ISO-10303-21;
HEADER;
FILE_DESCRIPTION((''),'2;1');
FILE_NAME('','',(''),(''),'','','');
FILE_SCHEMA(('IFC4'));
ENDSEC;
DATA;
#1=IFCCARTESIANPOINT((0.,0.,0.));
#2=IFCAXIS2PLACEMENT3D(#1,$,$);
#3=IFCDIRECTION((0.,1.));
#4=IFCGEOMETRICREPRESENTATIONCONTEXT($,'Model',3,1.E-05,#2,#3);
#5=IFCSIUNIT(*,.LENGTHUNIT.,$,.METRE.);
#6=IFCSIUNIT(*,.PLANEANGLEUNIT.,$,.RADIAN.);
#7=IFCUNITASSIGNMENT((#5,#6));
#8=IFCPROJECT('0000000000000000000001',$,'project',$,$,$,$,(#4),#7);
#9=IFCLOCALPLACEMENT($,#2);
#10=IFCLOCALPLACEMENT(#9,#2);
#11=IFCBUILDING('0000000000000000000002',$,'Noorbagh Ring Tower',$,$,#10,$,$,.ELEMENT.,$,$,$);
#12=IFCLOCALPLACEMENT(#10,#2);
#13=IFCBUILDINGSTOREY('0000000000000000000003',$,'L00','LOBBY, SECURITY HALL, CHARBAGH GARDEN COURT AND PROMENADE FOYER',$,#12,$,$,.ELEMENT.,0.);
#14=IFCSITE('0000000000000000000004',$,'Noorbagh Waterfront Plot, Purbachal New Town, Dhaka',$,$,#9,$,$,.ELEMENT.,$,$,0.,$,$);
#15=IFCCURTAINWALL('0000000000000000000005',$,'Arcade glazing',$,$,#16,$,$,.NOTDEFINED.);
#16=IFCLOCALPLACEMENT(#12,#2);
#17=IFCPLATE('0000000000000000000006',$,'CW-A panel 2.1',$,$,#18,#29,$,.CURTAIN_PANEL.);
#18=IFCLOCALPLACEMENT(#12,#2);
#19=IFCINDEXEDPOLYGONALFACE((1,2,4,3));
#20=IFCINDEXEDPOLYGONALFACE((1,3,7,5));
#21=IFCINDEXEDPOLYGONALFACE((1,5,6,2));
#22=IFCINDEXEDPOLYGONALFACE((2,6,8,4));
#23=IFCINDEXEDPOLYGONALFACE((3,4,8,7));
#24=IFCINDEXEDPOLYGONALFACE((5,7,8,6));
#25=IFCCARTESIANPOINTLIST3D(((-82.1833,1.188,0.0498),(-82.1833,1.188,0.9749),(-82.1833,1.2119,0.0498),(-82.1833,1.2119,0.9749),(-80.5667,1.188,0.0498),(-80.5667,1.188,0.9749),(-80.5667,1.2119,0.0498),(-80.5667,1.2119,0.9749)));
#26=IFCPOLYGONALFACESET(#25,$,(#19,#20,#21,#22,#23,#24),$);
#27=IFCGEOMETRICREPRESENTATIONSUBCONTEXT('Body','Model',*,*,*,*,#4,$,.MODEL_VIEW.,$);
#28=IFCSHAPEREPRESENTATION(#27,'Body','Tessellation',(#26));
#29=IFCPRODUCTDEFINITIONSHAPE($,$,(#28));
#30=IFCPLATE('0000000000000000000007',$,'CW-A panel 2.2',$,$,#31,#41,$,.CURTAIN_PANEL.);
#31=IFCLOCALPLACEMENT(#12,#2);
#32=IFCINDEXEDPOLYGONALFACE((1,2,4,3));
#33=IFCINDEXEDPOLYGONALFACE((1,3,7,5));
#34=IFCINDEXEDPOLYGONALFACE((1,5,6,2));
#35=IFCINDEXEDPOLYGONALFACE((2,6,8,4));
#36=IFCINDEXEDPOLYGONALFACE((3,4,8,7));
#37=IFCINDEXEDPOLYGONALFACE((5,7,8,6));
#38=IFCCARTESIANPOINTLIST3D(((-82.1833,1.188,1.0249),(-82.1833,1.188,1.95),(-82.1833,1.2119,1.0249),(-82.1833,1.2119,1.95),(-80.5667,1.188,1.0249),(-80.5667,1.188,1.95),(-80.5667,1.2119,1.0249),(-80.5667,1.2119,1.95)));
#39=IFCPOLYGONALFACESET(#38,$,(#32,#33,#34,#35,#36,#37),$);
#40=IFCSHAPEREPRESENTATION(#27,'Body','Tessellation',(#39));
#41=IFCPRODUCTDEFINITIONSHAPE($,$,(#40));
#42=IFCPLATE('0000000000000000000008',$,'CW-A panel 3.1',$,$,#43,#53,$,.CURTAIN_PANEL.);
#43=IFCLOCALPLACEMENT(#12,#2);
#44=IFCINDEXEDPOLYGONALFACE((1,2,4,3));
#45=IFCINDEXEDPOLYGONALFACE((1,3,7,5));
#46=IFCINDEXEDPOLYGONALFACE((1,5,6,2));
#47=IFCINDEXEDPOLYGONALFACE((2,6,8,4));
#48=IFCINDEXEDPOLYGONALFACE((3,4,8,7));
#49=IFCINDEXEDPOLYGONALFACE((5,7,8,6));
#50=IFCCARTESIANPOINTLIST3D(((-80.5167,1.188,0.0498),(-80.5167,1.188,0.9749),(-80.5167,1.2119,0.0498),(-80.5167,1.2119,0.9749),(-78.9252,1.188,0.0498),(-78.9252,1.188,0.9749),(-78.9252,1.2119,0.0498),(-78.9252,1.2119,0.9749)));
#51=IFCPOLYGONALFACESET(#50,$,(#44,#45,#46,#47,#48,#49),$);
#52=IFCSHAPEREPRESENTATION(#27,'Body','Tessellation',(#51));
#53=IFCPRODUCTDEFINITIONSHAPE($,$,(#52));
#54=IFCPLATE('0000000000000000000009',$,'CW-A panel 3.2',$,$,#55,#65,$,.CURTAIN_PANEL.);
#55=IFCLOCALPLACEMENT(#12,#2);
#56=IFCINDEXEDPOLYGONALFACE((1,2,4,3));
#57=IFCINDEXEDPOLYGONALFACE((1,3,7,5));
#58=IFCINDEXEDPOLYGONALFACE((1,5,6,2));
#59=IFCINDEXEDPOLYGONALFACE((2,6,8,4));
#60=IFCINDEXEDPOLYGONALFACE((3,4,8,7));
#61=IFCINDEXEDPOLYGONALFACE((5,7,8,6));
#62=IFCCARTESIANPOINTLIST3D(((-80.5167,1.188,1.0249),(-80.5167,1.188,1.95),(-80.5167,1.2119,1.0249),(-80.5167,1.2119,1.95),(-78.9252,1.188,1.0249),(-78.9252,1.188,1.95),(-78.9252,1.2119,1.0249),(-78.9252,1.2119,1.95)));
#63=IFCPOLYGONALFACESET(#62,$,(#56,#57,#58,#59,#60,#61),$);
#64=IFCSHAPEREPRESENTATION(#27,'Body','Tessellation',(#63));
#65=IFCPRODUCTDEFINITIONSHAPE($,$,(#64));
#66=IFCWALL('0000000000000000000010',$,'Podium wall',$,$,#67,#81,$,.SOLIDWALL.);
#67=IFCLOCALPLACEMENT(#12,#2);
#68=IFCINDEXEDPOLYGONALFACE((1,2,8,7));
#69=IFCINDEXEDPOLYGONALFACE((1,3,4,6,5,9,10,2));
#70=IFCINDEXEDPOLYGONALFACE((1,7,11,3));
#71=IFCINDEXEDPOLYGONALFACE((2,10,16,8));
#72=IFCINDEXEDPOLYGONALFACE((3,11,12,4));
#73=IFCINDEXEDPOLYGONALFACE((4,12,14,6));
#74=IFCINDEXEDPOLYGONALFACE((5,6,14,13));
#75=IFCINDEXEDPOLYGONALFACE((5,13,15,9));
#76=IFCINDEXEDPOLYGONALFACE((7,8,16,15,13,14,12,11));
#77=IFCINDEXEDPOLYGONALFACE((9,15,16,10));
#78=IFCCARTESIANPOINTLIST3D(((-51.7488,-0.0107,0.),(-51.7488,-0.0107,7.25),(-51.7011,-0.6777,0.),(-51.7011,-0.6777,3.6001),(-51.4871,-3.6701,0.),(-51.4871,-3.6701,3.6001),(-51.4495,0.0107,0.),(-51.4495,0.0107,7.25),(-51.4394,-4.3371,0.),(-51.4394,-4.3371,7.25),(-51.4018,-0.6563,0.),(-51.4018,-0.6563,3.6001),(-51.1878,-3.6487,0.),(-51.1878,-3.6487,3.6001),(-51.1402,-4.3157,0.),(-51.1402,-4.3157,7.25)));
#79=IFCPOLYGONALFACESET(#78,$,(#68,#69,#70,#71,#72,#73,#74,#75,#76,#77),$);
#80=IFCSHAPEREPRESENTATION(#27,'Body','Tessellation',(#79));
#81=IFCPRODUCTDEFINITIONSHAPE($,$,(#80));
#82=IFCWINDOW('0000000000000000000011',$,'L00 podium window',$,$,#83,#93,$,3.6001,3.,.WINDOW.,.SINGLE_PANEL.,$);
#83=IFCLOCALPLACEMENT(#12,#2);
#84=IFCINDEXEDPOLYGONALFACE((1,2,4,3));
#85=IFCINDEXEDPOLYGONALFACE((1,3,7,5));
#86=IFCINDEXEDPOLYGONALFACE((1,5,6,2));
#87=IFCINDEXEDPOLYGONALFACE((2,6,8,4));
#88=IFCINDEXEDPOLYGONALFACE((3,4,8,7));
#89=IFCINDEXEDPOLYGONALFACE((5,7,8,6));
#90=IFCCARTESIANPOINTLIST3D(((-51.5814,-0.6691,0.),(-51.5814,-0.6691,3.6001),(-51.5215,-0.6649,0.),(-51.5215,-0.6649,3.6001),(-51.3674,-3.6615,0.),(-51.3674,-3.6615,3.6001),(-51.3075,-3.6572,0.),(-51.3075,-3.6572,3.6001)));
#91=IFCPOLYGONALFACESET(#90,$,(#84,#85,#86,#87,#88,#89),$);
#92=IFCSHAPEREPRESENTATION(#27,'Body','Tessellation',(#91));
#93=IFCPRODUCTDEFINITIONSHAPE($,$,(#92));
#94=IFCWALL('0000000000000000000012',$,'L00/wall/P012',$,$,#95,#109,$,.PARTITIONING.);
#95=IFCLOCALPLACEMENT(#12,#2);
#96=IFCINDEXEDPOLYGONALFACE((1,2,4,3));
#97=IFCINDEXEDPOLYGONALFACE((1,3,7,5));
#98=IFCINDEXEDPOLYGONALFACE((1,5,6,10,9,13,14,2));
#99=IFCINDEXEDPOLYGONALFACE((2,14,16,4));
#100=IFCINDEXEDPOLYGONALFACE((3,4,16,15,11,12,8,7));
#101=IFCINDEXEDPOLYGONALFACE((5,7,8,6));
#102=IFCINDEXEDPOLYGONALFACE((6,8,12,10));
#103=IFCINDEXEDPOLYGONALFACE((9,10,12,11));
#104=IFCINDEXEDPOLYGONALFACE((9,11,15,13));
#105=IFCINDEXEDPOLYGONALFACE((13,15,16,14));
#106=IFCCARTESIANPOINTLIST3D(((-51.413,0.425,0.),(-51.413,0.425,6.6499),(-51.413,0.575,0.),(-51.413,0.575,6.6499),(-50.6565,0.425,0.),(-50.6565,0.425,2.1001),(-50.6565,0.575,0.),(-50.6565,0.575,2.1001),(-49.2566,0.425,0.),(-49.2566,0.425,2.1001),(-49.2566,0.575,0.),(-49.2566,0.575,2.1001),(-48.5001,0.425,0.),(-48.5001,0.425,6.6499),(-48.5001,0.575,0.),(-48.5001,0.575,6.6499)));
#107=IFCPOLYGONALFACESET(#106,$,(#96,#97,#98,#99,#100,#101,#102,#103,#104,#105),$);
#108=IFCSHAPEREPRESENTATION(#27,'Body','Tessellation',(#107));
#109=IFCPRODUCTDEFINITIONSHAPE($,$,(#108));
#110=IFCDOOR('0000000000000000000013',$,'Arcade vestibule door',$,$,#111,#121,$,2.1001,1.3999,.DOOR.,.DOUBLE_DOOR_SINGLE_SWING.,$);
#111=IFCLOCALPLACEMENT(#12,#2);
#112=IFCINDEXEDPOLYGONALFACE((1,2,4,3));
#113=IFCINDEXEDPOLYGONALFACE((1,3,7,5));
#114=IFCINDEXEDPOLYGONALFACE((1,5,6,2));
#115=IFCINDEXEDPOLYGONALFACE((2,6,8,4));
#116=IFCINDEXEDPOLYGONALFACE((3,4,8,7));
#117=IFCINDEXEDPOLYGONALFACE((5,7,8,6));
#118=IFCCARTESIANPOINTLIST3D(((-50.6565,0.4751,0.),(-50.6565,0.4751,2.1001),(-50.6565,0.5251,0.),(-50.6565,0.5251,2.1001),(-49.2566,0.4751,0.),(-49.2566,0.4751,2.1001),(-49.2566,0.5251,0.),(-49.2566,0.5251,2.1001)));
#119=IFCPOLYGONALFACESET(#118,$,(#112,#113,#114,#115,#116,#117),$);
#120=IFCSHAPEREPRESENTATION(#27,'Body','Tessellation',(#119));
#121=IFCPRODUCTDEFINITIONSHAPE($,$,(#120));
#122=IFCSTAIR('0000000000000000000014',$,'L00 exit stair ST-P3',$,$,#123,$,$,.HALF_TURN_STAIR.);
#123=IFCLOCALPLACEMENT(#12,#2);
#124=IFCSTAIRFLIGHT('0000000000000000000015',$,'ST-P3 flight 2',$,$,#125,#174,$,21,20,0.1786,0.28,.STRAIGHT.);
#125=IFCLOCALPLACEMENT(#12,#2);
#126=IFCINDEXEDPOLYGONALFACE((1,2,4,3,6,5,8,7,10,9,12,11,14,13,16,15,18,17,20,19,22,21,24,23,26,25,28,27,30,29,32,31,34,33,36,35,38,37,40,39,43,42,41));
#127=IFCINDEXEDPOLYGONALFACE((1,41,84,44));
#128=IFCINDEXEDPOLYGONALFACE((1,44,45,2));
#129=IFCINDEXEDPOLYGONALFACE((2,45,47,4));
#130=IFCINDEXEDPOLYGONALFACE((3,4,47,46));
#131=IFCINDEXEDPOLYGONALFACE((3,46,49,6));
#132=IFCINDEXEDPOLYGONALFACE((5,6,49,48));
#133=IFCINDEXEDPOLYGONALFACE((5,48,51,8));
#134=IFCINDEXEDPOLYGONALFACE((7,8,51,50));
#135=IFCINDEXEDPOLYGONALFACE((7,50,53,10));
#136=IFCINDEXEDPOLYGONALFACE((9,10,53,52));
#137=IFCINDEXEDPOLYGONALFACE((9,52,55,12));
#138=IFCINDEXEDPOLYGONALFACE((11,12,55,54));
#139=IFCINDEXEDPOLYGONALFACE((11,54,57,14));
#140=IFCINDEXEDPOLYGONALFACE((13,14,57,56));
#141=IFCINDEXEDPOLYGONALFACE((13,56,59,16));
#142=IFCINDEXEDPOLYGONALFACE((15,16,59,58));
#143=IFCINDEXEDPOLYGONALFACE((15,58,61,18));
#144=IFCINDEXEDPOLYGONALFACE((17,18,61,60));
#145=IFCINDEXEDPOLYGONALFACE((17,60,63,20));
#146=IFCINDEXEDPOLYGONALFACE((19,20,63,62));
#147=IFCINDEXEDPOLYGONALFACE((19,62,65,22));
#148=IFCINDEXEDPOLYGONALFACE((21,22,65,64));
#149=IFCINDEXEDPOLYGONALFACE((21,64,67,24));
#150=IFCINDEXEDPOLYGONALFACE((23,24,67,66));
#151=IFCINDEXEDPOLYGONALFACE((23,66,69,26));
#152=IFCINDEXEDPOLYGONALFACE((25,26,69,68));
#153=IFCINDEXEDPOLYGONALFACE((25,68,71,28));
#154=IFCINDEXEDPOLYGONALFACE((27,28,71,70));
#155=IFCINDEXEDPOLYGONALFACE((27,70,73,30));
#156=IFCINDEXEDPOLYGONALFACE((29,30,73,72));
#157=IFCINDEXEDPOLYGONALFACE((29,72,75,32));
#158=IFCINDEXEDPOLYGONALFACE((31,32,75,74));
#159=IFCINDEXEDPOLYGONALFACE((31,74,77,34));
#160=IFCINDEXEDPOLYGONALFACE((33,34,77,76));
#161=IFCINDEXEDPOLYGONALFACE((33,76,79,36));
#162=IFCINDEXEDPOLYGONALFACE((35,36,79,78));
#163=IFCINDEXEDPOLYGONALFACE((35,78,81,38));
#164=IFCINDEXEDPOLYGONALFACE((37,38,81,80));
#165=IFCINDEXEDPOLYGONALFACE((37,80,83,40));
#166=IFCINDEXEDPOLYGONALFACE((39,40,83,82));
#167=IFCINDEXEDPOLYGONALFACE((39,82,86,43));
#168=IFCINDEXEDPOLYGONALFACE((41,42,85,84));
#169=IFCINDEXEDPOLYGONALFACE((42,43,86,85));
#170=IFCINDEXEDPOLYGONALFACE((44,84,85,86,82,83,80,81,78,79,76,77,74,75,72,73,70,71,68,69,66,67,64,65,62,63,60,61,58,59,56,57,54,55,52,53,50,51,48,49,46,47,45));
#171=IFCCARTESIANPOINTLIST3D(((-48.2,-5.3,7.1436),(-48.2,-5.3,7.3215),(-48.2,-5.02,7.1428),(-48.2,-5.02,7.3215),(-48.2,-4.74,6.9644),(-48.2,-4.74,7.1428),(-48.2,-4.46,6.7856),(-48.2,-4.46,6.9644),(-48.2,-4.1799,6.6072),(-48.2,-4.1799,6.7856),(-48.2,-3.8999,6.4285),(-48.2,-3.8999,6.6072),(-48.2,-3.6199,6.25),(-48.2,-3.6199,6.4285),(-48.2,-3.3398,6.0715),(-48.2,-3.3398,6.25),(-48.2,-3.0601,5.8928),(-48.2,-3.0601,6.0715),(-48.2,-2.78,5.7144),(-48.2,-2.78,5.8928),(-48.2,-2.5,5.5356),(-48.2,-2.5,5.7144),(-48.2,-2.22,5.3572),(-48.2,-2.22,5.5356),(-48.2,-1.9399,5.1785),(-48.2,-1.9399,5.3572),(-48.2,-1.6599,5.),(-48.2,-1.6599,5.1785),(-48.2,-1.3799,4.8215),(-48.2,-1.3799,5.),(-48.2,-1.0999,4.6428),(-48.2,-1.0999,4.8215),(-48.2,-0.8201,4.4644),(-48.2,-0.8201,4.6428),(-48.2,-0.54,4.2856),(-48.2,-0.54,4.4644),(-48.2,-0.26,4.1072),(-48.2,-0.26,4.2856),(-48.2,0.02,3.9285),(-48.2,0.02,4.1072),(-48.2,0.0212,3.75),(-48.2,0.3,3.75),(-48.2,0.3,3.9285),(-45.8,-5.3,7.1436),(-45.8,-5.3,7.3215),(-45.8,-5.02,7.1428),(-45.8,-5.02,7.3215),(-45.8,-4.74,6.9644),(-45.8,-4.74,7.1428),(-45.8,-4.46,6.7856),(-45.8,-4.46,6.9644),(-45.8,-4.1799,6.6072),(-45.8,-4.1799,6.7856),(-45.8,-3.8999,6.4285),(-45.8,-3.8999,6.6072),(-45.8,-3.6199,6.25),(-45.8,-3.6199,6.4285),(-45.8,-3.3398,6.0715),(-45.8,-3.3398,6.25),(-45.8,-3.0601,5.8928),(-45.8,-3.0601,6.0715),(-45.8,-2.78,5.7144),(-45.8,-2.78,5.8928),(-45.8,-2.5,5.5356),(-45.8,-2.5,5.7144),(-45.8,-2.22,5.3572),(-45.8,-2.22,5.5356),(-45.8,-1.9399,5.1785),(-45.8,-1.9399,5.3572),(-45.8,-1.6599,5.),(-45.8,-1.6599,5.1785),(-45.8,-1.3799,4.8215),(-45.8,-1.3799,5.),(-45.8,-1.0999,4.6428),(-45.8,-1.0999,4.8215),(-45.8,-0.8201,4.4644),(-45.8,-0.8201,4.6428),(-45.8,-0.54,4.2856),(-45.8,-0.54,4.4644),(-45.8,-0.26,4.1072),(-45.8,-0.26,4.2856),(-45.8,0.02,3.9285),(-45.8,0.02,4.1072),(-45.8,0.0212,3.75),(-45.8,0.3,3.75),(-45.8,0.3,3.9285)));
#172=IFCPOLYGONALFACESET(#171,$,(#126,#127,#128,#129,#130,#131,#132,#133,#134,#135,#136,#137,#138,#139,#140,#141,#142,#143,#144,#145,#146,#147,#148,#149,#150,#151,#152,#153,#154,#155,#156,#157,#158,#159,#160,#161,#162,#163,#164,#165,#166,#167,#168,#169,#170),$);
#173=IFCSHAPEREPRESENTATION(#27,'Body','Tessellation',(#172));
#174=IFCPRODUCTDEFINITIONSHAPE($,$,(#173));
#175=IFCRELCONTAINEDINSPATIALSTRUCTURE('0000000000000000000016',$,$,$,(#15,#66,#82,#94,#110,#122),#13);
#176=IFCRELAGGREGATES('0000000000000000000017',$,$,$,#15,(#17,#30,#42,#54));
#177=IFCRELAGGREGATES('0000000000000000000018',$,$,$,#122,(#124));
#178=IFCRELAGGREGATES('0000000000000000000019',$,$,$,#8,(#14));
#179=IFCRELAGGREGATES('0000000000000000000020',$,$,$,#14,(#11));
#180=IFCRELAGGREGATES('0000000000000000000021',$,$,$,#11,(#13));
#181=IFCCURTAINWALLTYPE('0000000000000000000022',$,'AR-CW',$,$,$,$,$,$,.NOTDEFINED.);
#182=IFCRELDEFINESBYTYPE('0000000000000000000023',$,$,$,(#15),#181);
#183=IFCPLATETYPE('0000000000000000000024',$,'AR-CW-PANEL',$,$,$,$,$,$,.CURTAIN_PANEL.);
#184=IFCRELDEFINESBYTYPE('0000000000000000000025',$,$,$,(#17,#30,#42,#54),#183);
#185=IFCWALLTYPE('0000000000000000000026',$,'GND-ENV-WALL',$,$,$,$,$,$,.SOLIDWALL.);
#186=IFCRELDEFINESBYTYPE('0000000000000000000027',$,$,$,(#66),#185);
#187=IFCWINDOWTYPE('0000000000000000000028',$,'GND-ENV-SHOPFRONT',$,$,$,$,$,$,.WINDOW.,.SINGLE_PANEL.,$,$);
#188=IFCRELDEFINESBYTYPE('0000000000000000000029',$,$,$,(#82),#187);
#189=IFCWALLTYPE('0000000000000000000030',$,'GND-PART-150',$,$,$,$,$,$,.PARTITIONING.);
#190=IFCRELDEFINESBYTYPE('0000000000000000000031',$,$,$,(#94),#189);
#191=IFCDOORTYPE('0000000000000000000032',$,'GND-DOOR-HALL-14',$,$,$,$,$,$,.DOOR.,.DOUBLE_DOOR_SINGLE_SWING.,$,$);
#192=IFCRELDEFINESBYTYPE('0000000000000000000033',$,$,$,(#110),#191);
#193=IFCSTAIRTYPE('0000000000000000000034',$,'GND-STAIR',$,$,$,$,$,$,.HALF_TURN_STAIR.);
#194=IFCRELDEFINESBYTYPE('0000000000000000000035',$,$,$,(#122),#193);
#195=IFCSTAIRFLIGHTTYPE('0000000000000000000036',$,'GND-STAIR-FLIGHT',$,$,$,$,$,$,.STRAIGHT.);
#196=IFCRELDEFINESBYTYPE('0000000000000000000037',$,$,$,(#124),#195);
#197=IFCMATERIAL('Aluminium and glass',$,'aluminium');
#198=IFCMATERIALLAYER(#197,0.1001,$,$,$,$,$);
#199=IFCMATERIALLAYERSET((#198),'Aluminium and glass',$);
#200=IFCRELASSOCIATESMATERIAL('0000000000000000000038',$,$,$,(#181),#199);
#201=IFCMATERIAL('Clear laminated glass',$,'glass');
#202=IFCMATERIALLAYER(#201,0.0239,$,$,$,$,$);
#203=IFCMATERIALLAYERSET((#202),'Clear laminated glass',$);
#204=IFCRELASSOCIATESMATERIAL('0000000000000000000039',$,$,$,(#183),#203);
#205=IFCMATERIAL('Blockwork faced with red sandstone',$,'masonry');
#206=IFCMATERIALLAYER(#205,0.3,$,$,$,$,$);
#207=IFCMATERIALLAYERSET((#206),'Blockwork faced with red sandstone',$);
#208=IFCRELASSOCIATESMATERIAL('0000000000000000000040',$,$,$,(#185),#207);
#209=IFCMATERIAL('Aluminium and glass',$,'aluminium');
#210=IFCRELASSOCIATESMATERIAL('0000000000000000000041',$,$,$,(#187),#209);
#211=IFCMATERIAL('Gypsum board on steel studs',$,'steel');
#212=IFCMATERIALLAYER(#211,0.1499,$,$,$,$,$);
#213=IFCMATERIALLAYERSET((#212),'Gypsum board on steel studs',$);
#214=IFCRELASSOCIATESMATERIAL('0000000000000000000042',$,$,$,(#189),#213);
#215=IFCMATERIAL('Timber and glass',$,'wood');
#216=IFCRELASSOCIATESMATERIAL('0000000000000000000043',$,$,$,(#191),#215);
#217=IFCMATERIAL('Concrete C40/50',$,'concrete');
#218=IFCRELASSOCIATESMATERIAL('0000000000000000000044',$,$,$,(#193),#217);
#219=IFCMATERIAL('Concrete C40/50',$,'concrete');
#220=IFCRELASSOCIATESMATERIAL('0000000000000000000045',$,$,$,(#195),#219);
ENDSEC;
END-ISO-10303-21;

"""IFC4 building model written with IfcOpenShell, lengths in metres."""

from ifc_helpers import new_model, si_unit, direction, frame, frame_2d, origin, origin_2d, place, context, subcontext, project, spatial, polyline, rectangle, outline, extrude, material, layer, layer_set, type_object, element, fill, aggregate, save


model = new_model("IFC4")

# Units and contexts
model_context = context("Model", 3, precision=1e-05, world=origin(), true_north=direction((0.0, 1.0)))
body_context = subcontext(model_context, "Body", "Model", "MODEL_VIEW")
ifc_project = project(units=[si_unit("LENGTHUNIT", "METRE"), si_unit("PLANEANGLEUNIT", "RADIAN")], contexts=[model_context])

# Site, building, storey
site_placement = place(None, origin())
site = spatial("IfcSite", under=ifc_project, at=site_placement, Name="Noorbagh Waterfront Plot, Purbachal New Town, Dhaka", CompositionType="ELEMENT", RefElevation=0.0)
building_placement = place(site_placement, origin())
building = spatial("IfcBuilding", under=site, at=building_placement, Name="Noorbagh Ring Tower", CompositionType="ELEMENT")
storey_placement = place(building_placement, origin())
storey = spatial("IfcBuildingStorey", under=building, at=storey_placement, Name="L00", Description="LOBBY, SECURITY HALL, CHARBAGH GARDEN COURT AND PROMENADE FOYER", CompositionType="ELEMENT", Elevation=0.0)

# Curtain wall
ifc_material_1 = material(Name="Aluminium and glass", Category="aluminium")
ifc_layer_1 = layer(ifc_material_1, 0.1001)
ifc_layer_set_1 = layer_set([ifc_layer_1], Name="Aluminium and glass")
curtain_wall_type = type_object("IfcCurtainWallType", Name="AR-CW", PredefinedType="NOTDEFINED", material=ifc_layer_set_1)
curtain_wall_placement = place(storey_placement, origin())
curtain_wall = element("IfcCurtainWall", 1, at=curtain_wall_placement, inside=storey, type_object=curtain_wall_type, Name="Arcade glazing", PredefinedType="NOTDEFINED")

# Plates
ifc_material_2 = material(Name="Clear laminated glass", Category="glass")
ifc_layer_2 = layer(ifc_material_2, 0.0239)
ifc_layer_set_2 = layer_set([ifc_layer_2], Name="Clear laminated glass")
plate_type = type_object("IfcPlateType", Name="AR-CW-PANEL", PredefinedType="CURTAIN_PANEL", material=ifc_layer_set_2)
plate_1_placement = place(storey_placement, frame((-81.375, 1.2, 0.0498), z_axis=(0.0, 0.0, 1.0), x_axis=(1.0, 0.0, 0.0)))
plate_1 = element("IfcPlate", 2, at=plate_1_placement, type_object=plate_type, Name="CW-A panel 2.1", PredefinedType="CURTAIN_PANEL", context=body_context, shape_type="SweptSolid", body=[
    extrude(rectangle(XDim=1.6167, YDim=0.0239, at=origin_2d()), origin(), (0.0, 0.0, 1.0), 0.925),
])
plate_2_placement = place(storey_placement, frame((-81.375, 1.2, 1.0249), z_axis=(0.0, 0.0, 1.0), x_axis=(1.0, 0.0, 0.0)))
plate_2 = element("IfcPlate", 3, at=plate_2_placement, type_object=plate_type, Name="CW-A panel 2.2", PredefinedType="CURTAIN_PANEL", context=body_context, shape_type="SweptSolid", body=[
    extrude(rectangle(XDim=1.6167, YDim=0.0239, at=origin_2d()), origin(), (0.0, 0.0, 1.0), 0.925),
])
plate_3_placement = place(storey_placement, frame((-79.7209, 1.2, 0.0498), z_axis=(0.0, 0.0, 1.0), x_axis=(1.0, 0.0, 0.0)))
plate_3 = element("IfcPlate", 4, at=plate_3_placement, type_object=plate_type, Name="CW-A panel 3.1", PredefinedType="CURTAIN_PANEL", context=body_context, shape_type="SweptSolid", body=[
    extrude(rectangle(XDim=1.5916, YDim=0.0239, at=origin_2d()), origin(), (0.0, 0.0, 1.0), 0.925),
])
plate_4_placement = place(storey_placement, frame((-79.7209, 1.2, 1.0249), z_axis=(0.0, 0.0, 1.0), x_axis=(1.0, 0.0, 0.0)))
plate_4 = element("IfcPlate", 5, at=plate_4_placement, type_object=plate_type, Name="CW-A panel 3.2", PredefinedType="CURTAIN_PANEL", context=body_context, shape_type="SweptSolid", body=[
    extrude(rectangle(XDim=1.5916, YDim=0.0239, at=origin_2d()), origin(), (0.0, 0.0, 1.0), 0.925),
])
aggregate(curtain_wall, [plate_1, plate_2, plate_3, plate_4])

# Wall, opening, window
ifc_material_3 = material(Name="Blockwork faced with red sandstone", Category="masonry")
ifc_layer_3 = layer(ifc_material_3, 0.3)
ifc_layer_set_3 = layer_set([ifc_layer_3], Name="Blockwork faced with red sandstone")
wall_type_1 = type_object("IfcWallType", Name="GND-ENV-WALL", PredefinedType="SOLIDWALL", material=ifc_layer_set_3)
wall_1_placement = place(storey_placement, frame((-51.5991, 0.0, 0.0), z_axis=(0.0, 0.0, 1.0), x_axis=(0.071315, -0.997454, 0.0)))
wall_1 = element("IfcWall", 6, at=wall_1_placement, inside=storey, type_object=wall_type_1, Name="Podium wall", PredefinedType="SOLIDWALL", context=body_context, shape_type="SweptSolid", body=[
    extrude(rectangle(XDim=4.3374, YDim=0.3, at=frame_2d((2.1687, 0.0))), origin(), (0.0, 0.0, 1.0), 7.25),
])
opening_1_placement = place(wall_1_placement, frame((0.6687, 0.0, 0.0)))
opening_1 = element("IfcOpeningElement", 7, at=opening_1_placement, cuts=wall_1, PredefinedType="OPENING", context=body_context, shape_type="SweptSolid", body=[
    extrude(rectangle(XDim=3.0, YDim=3.6001, at=frame_2d((1.5, 1.8))), frame((0.0, 0.1602, 0.0), z_axis=(0.0, -1.0, 0.0), x_axis=(1.0, 0.0, 0.0)), (0.0, 0.0, 1.0), 0.3201),
])
ifc_material_4 = material(Name="Aluminium and glass", Category="aluminium")
window_type = type_object("IfcWindowType", Name="GND-ENV-SHOPFRONT", PartitioningType="SINGLE_PANEL", PredefinedType="WINDOW", material=ifc_material_4)
window_placement = place(opening_1_placement, origin())
window = element("IfcWindow", 8, at=window_placement, inside=storey, type_object=window_type, Name="L00 podium window", OverallHeight=3.6001, OverallWidth=3.0, PartitioningType="SINGLE_PANEL", PredefinedType="WINDOW", context=body_context, shape_type="SweptSolid", body=[
    extrude(rectangle(XDim=3.0, YDim=3.6001, at=frame_2d((1.5, 1.8))), frame((0.0, 0.03, 0.0), z_axis=(0.0, -1.0, 0.0), x_axis=(1.0, 0.0, 0.0)), (0.0, 0.0, 1.0), 0.0601),
])
fill(opening_1, window)

# Wall, opening, door
ifc_material_5 = material(Name="Gypsum board on steel studs", Category="steel")
ifc_layer_4 = layer(ifc_material_5, 0.1499)
ifc_layer_set_4 = layer_set([ifc_layer_4], Name="Gypsum board on steel studs")
wall_type_2 = type_object("IfcWallType", Name="GND-PART-150", PredefinedType="PARTITIONING", material=ifc_layer_set_4)
wall_2_placement = place(storey_placement, frame((-48.5, 0.5, 0.0), z_axis=(0.0, 0.0, 1.0), x_axis=(-1.0, 0.0, 0.0)))
wall_2 = element("IfcWall", 9, at=wall_2_placement, inside=storey, type_object=wall_type_2, Name="L00/wall/P012", PredefinedType="PARTITIONING", context=body_context, shape_type="SweptSolid", body=[
    extrude(rectangle(XDim=2.9128, YDim=0.1499, at=frame_2d((1.4565, 0.0))), origin(), (0.0, 0.0, 1.0), 6.6499),
])
opening_2_placement = place(wall_2_placement, frame((0.7566, 0.0, 0.0)))
opening_2 = element("IfcOpeningElement", 10, at=opening_2_placement, cuts=wall_2, PredefinedType="OPENING", context=body_context, shape_type="SweptSolid", body=[
    extrude(rectangle(XDim=1.3999, YDim=2.1001, at=frame_2d((0.7, 1.05))), frame((0.0, 0.085, 0.0), z_axis=(0.0, -1.0, 0.0), x_axis=(1.0, 0.0, 0.0)), (0.0, 0.0, 1.0), 0.1699),
])
ifc_material_6 = material(Name="Timber and glass", Category="wood")
door_type = type_object("IfcDoorType", Name="GND-DOOR-HALL-14", OperationType="DOUBLE_DOOR_SINGLE_SWING", PredefinedType="DOOR", material=ifc_material_6)
door_placement = place(opening_2_placement, origin())
door = element("IfcDoor", 11, at=door_placement, inside=storey, type_object=door_type, Name="Arcade vestibule door", OperationType="DOUBLE_DOOR_SINGLE_SWING", OverallHeight=2.1001, OverallWidth=1.3999, PredefinedType="DOOR", context=body_context, shape_type="SweptSolid", body=[
    extrude(rectangle(XDim=1.3999, YDim=2.1001, at=frame_2d((0.7, 1.05))), frame((0.0, 0.0249, 0.0), z_axis=(0.0, -1.0, 0.0), x_axis=(1.0, 0.0, 0.0)), (0.0, 0.0, 1.0), 0.05),
])
fill(opening_2, door)

# Stair, stair flight
ifc_material_7 = material(Name="Concrete C40/50", Category="concrete")
stair_type = type_object("IfcStairType", Name="GND-STAIR", PredefinedType="HALF_TURN_STAIR", material=ifc_material_7)
stair_placement = place(storey_placement, origin())
stair = element("IfcStair", 12, at=stair_placement, inside=storey, type_object=stair_type, Name="L00 exit stair ST-P3", PredefinedType="HALF_TURN_STAIR")
ifc_material_8 = material(Name="Concrete C40/50", Category="concrete")
stair_flight_type = type_object("IfcStairFlightType", Name="GND-STAIR-FLIGHT", PredefinedType="STRAIGHT", material=ifc_material_8)
stair_flight_placement = place(storey_placement, frame((-47.0, 0.3, 3.75), z_axis=(0.0, 0.0, 1.0), x_axis=(0.0, -1.0, 0.0)))
stair_flight = element("IfcStairFlight", 13, at=stair_flight_placement, type_object=stair_flight_type, Name="ST-P3 flight 2", NumberOfRisers=21, NumberOfTreads=20, PredefinedType="STRAIGHT", RiserHeight=0.1786, TreadLength=0.28, context=body_context, shape_type="SweptSolid", body=[
    extrude(outline(polyline([(0.0, 0.0), (0.0, 0.1785), (0.28, 0.1785), (0.28, 0.3572), (0.5601, 0.3572), (0.5601, 0.5356), (0.8401, 0.5356), (0.8401, 0.7144), (1.1201, 0.7144), (1.1201, 0.8928), (1.3999, 0.8928), (1.3999, 1.0715), (1.6799, 1.0715), (1.6799, 1.25), (1.96, 1.25), (1.96, 1.4285), (2.24, 1.4285), (2.24, 1.6072), (2.52, 1.6072), (2.52, 1.7856), (2.8, 1.7856), (2.8, 1.9644), (3.0801, 1.9644), (3.0801, 2.1428), (3.3601, 2.1428), (3.3601, 2.3215), (3.6399, 2.3215), (3.6399, 2.5), (3.9199, 2.5), (3.9199, 2.6785), (4.2, 2.6785), (4.2, 2.8572), (4.48, 2.8572), (4.48, 3.0356), (4.76, 3.0356), (4.76, 3.2144), (5.04, 3.2144), (5.04, 3.3928), (5.3201, 3.3928), (5.3201, 3.5715), (5.6001, 3.5715), (5.6001, 3.75), (5.6001, 3.3936), (0.2788, 0.0), (0.0, 0.0)])), frame((0.0, 1.2, 0.0), z_axis=(0.0, -1.0, 0.0), x_axis=(1.0, 0.0, 0.0)), (0.0, 0.0, 1.0), 2.3999),
])
aggregate(stair, [stair_flight])

save(model, "model.ifc")
